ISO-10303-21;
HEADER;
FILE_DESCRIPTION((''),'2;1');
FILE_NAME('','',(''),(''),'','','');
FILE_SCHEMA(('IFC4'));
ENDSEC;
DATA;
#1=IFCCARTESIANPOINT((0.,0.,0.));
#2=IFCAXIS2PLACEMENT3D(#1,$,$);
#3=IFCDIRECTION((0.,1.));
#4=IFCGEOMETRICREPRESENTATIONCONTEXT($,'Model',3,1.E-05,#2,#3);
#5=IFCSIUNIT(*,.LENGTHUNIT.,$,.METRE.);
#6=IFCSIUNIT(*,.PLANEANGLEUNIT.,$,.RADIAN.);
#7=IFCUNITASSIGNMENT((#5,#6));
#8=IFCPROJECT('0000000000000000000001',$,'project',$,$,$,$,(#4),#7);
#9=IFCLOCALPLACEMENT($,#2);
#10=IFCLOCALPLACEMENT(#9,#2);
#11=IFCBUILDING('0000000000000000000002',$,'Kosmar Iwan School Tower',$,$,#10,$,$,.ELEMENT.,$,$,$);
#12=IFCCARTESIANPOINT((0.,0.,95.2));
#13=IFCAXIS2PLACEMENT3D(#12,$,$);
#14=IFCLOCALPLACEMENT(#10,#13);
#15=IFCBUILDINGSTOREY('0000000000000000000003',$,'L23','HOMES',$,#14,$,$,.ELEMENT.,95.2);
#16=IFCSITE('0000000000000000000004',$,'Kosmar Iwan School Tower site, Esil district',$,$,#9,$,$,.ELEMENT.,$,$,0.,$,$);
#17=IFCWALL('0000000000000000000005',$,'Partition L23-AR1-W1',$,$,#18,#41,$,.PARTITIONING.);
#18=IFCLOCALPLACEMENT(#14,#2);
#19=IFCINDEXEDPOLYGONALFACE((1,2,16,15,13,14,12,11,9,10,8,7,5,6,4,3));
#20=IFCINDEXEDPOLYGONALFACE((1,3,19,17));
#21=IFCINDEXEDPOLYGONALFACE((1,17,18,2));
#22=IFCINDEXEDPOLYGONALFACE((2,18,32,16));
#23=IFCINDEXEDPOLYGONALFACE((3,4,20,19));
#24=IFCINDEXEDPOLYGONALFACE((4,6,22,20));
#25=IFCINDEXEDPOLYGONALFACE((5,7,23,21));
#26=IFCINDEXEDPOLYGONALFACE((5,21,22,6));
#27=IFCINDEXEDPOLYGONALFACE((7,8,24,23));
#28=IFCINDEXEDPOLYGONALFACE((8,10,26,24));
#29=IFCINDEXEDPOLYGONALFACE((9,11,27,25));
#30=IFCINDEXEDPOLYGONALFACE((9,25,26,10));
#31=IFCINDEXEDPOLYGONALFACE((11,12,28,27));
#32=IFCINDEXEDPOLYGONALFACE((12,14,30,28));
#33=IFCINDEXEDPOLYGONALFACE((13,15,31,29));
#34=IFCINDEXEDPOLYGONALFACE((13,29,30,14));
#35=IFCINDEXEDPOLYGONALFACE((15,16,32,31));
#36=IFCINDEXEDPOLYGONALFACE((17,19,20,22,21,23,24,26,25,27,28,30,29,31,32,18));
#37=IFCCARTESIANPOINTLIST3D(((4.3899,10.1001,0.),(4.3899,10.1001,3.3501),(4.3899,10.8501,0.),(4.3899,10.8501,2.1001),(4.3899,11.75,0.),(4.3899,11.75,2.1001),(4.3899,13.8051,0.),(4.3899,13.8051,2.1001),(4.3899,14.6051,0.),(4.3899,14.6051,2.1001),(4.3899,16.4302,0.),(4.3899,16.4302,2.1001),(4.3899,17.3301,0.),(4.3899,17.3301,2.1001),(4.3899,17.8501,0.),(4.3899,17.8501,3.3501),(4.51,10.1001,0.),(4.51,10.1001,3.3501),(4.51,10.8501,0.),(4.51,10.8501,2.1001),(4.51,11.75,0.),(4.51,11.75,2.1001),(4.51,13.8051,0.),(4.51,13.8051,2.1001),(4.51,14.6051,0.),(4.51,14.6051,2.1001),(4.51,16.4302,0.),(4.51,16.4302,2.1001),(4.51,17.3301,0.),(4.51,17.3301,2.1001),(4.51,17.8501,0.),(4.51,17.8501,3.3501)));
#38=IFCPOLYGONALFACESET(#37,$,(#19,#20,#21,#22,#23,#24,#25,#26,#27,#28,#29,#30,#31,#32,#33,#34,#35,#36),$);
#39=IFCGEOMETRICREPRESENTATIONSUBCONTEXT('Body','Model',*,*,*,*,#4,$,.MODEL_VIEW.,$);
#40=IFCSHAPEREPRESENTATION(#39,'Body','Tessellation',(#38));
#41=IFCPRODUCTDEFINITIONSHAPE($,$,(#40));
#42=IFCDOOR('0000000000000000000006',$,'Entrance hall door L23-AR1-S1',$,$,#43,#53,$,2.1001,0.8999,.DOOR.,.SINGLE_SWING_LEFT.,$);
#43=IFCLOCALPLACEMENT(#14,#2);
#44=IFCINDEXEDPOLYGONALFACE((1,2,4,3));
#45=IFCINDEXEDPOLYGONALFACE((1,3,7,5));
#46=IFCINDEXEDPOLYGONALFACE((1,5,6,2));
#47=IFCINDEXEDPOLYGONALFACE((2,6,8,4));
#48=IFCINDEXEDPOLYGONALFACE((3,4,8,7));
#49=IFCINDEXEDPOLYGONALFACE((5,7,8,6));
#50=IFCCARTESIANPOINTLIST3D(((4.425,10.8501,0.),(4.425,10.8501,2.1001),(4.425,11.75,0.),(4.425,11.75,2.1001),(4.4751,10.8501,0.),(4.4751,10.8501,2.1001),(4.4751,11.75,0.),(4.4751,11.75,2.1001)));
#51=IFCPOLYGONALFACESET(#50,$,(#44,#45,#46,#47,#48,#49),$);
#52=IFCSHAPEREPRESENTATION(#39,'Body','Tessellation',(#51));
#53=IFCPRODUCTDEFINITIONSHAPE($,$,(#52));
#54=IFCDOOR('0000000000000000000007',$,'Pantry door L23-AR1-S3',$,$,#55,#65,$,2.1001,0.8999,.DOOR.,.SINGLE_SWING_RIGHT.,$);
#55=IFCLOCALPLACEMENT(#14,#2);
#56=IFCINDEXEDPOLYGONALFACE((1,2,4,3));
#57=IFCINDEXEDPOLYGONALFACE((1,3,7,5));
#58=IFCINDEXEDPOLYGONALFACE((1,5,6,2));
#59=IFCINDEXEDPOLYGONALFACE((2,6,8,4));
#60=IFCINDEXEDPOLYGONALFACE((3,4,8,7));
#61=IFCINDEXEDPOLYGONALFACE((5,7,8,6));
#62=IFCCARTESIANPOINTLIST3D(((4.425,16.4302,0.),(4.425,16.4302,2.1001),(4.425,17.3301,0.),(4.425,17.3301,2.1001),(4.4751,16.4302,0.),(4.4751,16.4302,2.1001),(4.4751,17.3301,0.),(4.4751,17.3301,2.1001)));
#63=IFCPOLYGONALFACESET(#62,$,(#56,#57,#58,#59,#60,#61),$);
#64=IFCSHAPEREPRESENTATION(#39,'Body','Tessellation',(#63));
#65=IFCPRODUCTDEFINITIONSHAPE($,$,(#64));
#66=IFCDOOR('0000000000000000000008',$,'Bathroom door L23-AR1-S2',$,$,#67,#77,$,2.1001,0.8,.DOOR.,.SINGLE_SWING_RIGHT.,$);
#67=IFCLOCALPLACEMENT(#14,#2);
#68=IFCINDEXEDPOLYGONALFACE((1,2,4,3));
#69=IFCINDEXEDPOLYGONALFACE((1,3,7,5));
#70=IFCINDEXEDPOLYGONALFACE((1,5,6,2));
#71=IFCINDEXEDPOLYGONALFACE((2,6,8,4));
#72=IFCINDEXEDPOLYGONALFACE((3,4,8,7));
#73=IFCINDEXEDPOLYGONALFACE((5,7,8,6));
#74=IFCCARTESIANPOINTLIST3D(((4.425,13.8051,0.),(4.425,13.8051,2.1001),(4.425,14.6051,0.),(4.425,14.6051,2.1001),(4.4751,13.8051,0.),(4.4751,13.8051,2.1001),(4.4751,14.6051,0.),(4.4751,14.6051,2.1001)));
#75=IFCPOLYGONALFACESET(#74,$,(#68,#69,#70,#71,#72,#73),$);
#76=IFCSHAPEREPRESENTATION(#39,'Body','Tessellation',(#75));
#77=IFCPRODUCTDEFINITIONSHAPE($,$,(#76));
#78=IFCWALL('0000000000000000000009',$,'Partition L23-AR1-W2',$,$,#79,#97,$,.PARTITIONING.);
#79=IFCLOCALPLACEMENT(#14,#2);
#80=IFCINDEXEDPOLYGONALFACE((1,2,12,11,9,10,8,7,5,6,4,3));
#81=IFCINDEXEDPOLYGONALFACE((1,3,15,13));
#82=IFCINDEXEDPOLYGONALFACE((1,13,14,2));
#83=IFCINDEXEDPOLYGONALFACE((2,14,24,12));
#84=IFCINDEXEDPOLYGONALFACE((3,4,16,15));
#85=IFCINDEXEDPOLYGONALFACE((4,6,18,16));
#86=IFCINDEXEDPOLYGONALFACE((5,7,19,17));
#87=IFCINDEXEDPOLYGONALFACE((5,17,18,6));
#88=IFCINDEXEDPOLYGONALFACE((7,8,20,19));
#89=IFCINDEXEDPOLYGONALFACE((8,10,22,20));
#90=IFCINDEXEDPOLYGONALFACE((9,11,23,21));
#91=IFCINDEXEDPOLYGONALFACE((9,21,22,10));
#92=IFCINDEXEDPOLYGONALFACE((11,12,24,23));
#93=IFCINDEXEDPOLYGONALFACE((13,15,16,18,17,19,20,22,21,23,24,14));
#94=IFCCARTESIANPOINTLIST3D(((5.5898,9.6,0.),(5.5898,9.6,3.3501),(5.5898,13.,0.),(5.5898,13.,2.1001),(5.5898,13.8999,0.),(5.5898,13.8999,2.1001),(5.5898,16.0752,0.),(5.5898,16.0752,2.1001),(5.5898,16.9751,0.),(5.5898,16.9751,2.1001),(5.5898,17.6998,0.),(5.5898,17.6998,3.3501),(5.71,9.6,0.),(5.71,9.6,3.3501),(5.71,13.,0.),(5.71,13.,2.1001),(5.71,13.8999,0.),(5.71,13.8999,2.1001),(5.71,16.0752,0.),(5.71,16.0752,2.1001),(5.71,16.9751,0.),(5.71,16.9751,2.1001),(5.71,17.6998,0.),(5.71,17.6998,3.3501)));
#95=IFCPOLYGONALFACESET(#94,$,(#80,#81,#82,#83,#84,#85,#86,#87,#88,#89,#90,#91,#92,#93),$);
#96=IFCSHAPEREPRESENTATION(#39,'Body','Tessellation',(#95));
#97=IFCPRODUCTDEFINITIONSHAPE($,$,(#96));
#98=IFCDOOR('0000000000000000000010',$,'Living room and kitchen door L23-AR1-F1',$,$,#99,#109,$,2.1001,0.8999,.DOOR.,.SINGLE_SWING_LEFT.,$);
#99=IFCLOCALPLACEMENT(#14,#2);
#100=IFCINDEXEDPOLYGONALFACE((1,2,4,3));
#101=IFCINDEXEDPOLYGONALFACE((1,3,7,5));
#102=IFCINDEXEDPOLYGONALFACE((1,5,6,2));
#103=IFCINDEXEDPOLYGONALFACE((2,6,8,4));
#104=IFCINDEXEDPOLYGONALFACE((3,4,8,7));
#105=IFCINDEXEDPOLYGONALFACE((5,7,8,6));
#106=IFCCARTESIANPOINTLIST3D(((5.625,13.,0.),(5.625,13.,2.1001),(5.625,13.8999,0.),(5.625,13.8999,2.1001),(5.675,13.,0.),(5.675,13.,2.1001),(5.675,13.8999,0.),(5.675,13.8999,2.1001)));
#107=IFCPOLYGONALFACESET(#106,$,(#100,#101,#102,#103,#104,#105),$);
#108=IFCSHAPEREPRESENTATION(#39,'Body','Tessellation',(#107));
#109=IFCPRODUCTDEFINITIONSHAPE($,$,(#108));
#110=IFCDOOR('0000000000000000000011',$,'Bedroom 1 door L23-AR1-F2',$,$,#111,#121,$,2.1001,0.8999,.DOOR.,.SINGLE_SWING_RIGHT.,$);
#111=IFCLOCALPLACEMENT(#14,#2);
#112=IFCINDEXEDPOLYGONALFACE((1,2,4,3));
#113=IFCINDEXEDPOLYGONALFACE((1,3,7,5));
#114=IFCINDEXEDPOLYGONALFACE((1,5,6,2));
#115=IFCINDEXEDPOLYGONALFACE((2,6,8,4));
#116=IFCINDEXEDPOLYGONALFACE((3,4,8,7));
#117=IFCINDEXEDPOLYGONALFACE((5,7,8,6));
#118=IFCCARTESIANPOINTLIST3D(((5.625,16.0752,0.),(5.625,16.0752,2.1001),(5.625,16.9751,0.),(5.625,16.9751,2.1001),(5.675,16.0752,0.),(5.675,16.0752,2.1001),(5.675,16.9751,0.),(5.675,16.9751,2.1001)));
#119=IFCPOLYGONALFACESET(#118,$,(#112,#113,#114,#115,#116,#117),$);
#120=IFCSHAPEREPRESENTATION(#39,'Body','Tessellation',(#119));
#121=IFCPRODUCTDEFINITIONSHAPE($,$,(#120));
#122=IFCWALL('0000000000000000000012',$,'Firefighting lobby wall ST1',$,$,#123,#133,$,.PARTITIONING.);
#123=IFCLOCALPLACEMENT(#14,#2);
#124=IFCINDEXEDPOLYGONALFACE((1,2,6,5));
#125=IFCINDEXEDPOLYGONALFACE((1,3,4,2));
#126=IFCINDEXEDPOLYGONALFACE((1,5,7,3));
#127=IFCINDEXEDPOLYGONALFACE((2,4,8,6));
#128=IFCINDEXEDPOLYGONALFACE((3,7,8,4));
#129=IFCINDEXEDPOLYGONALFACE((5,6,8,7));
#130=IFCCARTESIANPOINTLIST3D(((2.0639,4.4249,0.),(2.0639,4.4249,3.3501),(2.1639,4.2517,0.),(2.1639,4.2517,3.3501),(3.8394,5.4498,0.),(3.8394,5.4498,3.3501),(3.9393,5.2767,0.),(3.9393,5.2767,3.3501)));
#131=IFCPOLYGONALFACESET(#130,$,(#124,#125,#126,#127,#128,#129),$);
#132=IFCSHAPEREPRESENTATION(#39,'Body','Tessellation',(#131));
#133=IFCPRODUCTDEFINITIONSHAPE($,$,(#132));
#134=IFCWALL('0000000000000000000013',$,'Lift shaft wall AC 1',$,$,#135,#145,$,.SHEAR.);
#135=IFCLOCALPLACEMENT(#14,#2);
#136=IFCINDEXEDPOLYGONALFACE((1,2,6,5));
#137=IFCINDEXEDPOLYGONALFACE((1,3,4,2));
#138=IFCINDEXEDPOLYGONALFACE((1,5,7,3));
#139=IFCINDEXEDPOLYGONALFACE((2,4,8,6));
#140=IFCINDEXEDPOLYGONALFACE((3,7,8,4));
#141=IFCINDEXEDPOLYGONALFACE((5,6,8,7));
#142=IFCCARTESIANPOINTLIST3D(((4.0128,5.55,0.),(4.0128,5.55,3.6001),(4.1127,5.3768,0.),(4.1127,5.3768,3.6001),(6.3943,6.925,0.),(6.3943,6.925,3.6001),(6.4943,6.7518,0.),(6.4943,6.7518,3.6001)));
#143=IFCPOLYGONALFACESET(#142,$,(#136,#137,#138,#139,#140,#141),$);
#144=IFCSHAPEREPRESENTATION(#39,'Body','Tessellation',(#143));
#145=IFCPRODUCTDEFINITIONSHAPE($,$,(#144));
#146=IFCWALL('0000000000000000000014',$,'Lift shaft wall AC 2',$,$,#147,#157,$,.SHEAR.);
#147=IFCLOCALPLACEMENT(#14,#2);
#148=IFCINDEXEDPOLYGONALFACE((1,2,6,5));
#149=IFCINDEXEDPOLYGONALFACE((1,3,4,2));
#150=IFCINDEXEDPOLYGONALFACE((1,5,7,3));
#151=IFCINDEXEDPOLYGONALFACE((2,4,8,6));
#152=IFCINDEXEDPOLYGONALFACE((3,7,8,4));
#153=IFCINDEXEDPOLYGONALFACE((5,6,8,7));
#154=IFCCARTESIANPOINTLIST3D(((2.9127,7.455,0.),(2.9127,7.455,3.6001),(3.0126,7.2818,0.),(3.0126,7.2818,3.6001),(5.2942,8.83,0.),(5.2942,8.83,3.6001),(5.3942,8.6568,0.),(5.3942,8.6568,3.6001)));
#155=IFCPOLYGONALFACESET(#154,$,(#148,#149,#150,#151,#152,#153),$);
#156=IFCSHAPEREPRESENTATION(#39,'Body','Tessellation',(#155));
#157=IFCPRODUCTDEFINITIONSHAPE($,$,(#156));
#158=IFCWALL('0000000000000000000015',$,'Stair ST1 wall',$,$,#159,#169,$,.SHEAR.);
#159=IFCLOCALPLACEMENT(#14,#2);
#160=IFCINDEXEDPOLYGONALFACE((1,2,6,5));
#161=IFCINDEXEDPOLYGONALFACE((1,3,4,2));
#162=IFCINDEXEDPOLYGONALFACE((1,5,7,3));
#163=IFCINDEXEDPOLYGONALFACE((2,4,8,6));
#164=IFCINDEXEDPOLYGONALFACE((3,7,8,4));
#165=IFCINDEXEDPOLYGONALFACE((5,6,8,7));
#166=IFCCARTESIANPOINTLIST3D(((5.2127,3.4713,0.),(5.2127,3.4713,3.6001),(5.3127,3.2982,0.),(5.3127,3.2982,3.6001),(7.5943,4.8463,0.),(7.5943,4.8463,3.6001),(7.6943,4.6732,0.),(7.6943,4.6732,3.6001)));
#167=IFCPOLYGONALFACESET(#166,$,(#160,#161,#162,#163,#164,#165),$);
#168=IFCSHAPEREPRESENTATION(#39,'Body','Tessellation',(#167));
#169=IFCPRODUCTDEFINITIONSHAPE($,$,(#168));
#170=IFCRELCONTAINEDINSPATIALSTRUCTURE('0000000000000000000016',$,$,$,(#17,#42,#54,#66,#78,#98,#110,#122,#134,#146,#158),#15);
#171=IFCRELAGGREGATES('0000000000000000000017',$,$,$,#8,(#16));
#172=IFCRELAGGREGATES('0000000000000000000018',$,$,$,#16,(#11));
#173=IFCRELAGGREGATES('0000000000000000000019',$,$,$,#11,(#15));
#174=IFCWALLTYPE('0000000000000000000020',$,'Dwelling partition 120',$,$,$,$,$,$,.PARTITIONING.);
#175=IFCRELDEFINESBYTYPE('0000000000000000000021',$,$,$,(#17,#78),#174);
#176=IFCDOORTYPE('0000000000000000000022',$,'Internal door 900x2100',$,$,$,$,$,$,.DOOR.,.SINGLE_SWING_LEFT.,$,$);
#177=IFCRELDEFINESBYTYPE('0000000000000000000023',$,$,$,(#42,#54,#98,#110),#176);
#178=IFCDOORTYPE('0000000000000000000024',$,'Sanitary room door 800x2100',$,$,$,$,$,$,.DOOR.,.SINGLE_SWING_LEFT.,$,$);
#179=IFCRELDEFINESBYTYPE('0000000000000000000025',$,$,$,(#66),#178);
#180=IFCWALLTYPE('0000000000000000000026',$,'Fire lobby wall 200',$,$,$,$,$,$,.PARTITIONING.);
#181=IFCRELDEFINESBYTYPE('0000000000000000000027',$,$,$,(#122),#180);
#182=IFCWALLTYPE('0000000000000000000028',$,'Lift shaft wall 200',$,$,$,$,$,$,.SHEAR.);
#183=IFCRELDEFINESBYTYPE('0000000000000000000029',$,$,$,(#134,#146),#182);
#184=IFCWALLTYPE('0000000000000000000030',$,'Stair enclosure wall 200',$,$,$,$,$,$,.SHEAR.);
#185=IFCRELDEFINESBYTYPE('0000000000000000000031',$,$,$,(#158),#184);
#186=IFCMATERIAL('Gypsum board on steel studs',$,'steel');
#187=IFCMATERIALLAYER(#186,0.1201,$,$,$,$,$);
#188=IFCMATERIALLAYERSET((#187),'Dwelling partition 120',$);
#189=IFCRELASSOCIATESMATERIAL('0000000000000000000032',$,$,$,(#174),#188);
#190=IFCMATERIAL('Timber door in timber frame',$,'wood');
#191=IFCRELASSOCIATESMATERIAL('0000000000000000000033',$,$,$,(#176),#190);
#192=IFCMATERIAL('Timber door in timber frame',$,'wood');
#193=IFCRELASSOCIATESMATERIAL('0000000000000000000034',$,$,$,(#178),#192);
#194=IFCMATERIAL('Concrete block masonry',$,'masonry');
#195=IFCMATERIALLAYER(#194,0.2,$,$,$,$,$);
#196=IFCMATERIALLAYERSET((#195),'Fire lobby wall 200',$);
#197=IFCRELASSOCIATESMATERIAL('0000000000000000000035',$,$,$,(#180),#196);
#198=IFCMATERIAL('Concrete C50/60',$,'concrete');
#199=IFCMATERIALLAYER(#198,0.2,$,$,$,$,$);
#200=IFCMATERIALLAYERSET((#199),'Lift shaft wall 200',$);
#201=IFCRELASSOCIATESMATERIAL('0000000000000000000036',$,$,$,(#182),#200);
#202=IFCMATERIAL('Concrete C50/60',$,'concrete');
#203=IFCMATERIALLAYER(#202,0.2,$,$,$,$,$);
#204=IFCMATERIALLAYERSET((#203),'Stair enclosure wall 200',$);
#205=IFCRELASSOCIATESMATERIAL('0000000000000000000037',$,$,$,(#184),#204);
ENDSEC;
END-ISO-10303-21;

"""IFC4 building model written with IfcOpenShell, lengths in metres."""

from ifc_helpers import new_model, si_unit, direction, frame, frame_2d, origin, place, context, subcontext, project, spatial, rectangle, extrude, material, layer, layer_set, type_object, element, fill, save


model = new_model("IFC4")

# Units and contexts
model_context = context("Model", 3, precision=1e-05, world=origin(), true_north=direction((0.0, 1.0)))
body_context = subcontext(model_context, "Body", "Model", "MODEL_VIEW")
ifc_project = project(units=[si_unit("LENGTHUNIT", "METRE"), si_unit("PLANEANGLEUNIT", "RADIAN")], contexts=[model_context])

# Site, building, storey
site_placement = place(None, origin())
site = spatial("IfcSite", under=ifc_project, at=site_placement, Name="Kosmar Iwan School Tower site, Esil district", CompositionType="ELEMENT", RefElevation=0.0)
building_placement = place(site_placement, origin())
building = spatial("IfcBuilding", under=site, at=building_placement, Name="Kosmar Iwan School Tower", CompositionType="ELEMENT")
storey_placement = place(building_placement, frame((0.0, 0.0, 95.2)))
storey = spatial("IfcBuildingStorey", under=building, at=storey_placement, Name="L23", Description="HOMES", CompositionType="ELEMENT", Elevation=95.2)

# Walls, openings, doors
ifc_material_1 = material(Name="Gypsum board on steel studs", Category="steel")
ifc_layer_1 = layer(ifc_material_1, 0.1201)
ifc_layer_set_1 = layer_set([ifc_layer_1], Name="Dwelling partition 120")
wall_type_1 = type_object("IfcWallType", Name="Dwelling partition 120", PredefinedType="PARTITIONING", material=ifc_layer_set_1)
wall_1_placement = place(storey_placement, frame((4.45, 10.1001, 0.0), z_axis=(0.0, 0.0, 1.0), x_axis=(0.0, 1.0, 0.0)))
wall_1 = element("IfcWall", 1, at=wall_1_placement, inside=storey, type_object=wall_type_1, Name="Partition L23-AR1-W1", PredefinedType="PARTITIONING", context=body_context, shape_type="SweptSolid", body=[
    extrude(rectangle(XDim=7.75, YDim=0.1201, at=frame_2d((3.875, 0.0))), origin(), (0.0, 0.0, 1.0), 3.3501),
])
opening_1_placement = place(wall_1_placement, frame((0.75, 0.0, 0.0)))
opening_1 = element("IfcOpeningElement", 2, at=opening_1_placement, cuts=wall_1, PredefinedType="OPENING", context=body_context, shape_type="SweptSolid", body=[
    extrude(rectangle(XDim=0.8999, YDim=2.1001, at=frame_2d((0.45, 1.05))), frame((0.0, 0.072, 0.0), z_axis=(0.0, -1.0, 0.0), x_axis=(1.0, 0.0, 0.0)), (0.0, 0.0, 1.0), 0.144),
])
opening_2_placement = place(wall_1_placement, frame((3.7051, 0.0, 0.0)))
opening_2 = element("IfcOpeningElement", 3, at=opening_2_placement, cuts=wall_1, PredefinedType="OPENING", context=body_context, shape_type="SweptSolid", body=[
    extrude(rectangle(XDim=0.8, YDim=2.1001, at=frame_2d((0.3999, 1.05))), frame((0.0, 0.072, 0.0), z_axis=(0.0, -1.0, 0.0), x_axis=(1.0, 0.0, 0.0)), (0.0, 0.0, 1.0), 0.144),
])
opening_3_placement = place(wall_1_placement, frame((6.3301, 0.0, 0.0)))
opening_3 = element("IfcOpeningElement", 4, at=opening_3_placement, cuts=wall_1, PredefinedType="OPENING", context=body_context, shape_type="SweptSolid", body=[
    extrude(rectangle(XDim=0.8999, YDim=2.1001, at=frame_2d((0.45, 1.05))), frame((0.0, 0.072, 0.0), z_axis=(0.0, -1.0, 0.0), x_axis=(1.0, 0.0, 0.0)), (0.0, 0.0, 1.0), 0.144),
])
ifc_material_2 = material(Name="Timber door in timber frame", Category="wood")
door_type_1 = type_object("IfcDoorType", Name="Internal door 900x2100", OperationType="SINGLE_SWING_LEFT", PredefinedType="DOOR", material=ifc_material_2)
door_1_placement = place(opening_1_placement, origin())
door_1 = element("IfcDoor", 5, at=door_1_placement, inside=storey, type_object=door_type_1, Name="Entrance hall door L23-AR1-S1", OperationType="SINGLE_SWING_LEFT", OverallHeight=2.1001, OverallWidth=0.8999, PredefinedType="DOOR", context=body_context, shape_type="SweptSolid", body=[
    extrude(rectangle(XDim=0.8999, YDim=2.1001, at=frame_2d((0.45, 1.05))), frame((0.0, 0.0249, 0.0), z_axis=(0.0, -1.0, 0.0), x_axis=(1.0, 0.0, 0.0)), (0.0, 0.0, 1.0), 0.05),
])
fill(opening_1, door_1)
door_2_placement = place(opening_3_placement, origin())
door_2 = element("IfcDoor", 6, at=door_2_placement, inside=storey, type_object=door_type_1, Name="Pantry door L23-AR1-S3", OperationType="SINGLE_SWING_RIGHT", OverallHeight=2.1001, OverallWidth=0.8999, PredefinedType="DOOR", context=body_context, shape_type="SweptSolid", body=[
    extrude(rectangle(XDim=0.8999, YDim=2.1001, at=frame_2d((0.45, 1.05))), frame((0.0, 0.0249, 0.0), z_axis=(0.0, -1.0, 0.0), x_axis=(1.0, 0.0, 0.0)), (0.0, 0.0, 1.0), 0.05),
])
fill(opening_3, door_2)
ifc_material_3 = material(Name="Timber door in timber frame", Category="wood")
door_type_2 = type_object("IfcDoorType", Name="Sanitary room door 800x2100", OperationType="SINGLE_SWING_LEFT", PredefinedType="DOOR", material=ifc_material_3)
door_3_placement = place(opening_2_placement, origin())
door_3 = element("IfcDoor", 7, at=door_3_placement, inside=storey, type_object=door_type_2, Name="Bathroom door L23-AR1-S2", OperationType="SINGLE_SWING_RIGHT", OverallHeight=2.1001, OverallWidth=0.8, PredefinedType="DOOR", context=body_context, shape_type="SweptSolid", body=[
    extrude(rectangle(XDim=0.8, YDim=2.1001, at=frame_2d((0.3999, 1.05))), frame((0.0, 0.0249, 0.0), z_axis=(0.0, -1.0, 0.0), x_axis=(1.0, 0.0, 0.0)), (0.0, 0.0, 1.0), 0.05),
])
fill(opening_2, door_3)
wall_2_placement = place(storey_placement, frame((5.6499, 9.6001, 0.0), z_axis=(0.0, 0.0, 1.0), x_axis=(0.0, 1.0, 0.0)))
wall_2 = element("IfcWall", 8, at=wall_2_placement, inside=storey, type_object=wall_type_1, Name="Partition L23-AR1-W2", PredefinedType="PARTITIONING", context=body_context, shape_type="SweptSolid", body=[
    extrude(rectangle(XDim=8.0999, YDim=0.1201, at=frame_2d((4.0498, 0.0))), origin(), (0.0, 0.0, 1.0), 3.3501),
])
opening_4_placement = place(wall_2_placement, frame((3.3999, 0.0, 0.0)))
opening_4 = element("IfcOpeningElement", 9, at=opening_4_placement, cuts=wall_2, PredefinedType="OPENING", context=body_context, shape_type="SweptSolid", body=[
    extrude(rectangle(XDim=0.8999, YDim=2.1001, at=frame_2d((0.45, 1.05))), frame((0.0, 0.072, 0.0), z_axis=(0.0, -1.0, 0.0), x_axis=(1.0, 0.0, 0.0)), (0.0, 0.0, 1.0), 0.144),
])
opening_5_placement = place(wall_2_placement, frame((6.4751, 0.0, 0.0)))
opening_5 = element("IfcOpeningElement", 10, at=opening_5_placement, cuts=wall_2, PredefinedType="OPENING", context=body_context, shape_type="SweptSolid", body=[
    extrude(rectangle(XDim=0.8999, YDim=2.1001, at=frame_2d((0.45, 1.05))), frame((0.0, 0.072, 0.0), z_axis=(0.0, -1.0, 0.0), x_axis=(1.0, 0.0, 0.0)), (0.0, 0.0, 1.0), 0.144),
])
door_4_placement = place(opening_4_placement, origin())
door_4 = element("IfcDoor", 11, at=door_4_placement, inside=storey, type_object=door_type_1, Name="Living room and kitchen door L23-AR1-F1", OperationType="SINGLE_SWING_LEFT", OverallHeight=2.1001, OverallWidth=0.8999, PredefinedType="DOOR", context=body_context, shape_type="SweptSolid", body=[
    extrude(rectangle(XDim=0.8999, YDim=2.1001, at=frame_2d((0.45, 1.05))), frame((0.0, 0.0249, 0.0), z_axis=(0.0, -1.0, 0.0), x_axis=(1.0, 0.0, 0.0)), (0.0, 0.0, 1.0), 0.05),
])
fill(opening_4, door_4)
door_5_placement = place(opening_5_placement, origin())
door_5 = element("IfcDoor", 12, at=door_5_placement, inside=storey, type_object=door_type_1, Name="Bedroom 1 door L23-AR1-F2", OperationType="SINGLE_SWING_RIGHT", OverallHeight=2.1001, OverallWidth=0.8999, PredefinedType="DOOR", context=body_context, shape_type="SweptSolid", body=[
    extrude(rectangle(XDim=0.8999, YDim=2.1001, at=frame_2d((0.45, 1.05))), frame((0.0, 0.0249, 0.0), z_axis=(0.0, -1.0, 0.0), x_axis=(1.0, 0.0, 0.0)), (0.0, 0.0, 1.0), 0.05),
])
fill(opening_5, door_5)

# Walls
ifc_material_4 = material(Name="Concrete block masonry", Category="masonry")
ifc_layer_2 = layer(ifc_material_4, 0.2)
ifc_layer_set_2 = layer_set([ifc_layer_2], Name="Fire lobby wall 200")
wall_type_2 = type_object("IfcWallType", Name="Fire lobby wall 200", PredefinedType="PARTITIONING", material=ifc_layer_set_2)
wall_3_placement = place(storey_placement, frame((2.114, 4.3384, 0.0), z_axis=(0.0, 0.0, 1.0), x_axis=(0.866051, 0.499956, 0.0)))
element("IfcWall", 13, at=wall_3_placement, inside=storey, type_object=wall_type_2, Name="Firefighting lobby wall ST1", PredefinedType="PARTITIONING", context=body_context, shape_type="SweptSolid", body=[
    extrude(rectangle(XDim=2.05, YDim=0.2, at=frame_2d((1.0249, 0.0))), origin(), (0.0, 0.0, 1.0), 3.3501),
])
ifc_material_5 = material(Name="Concrete C50/60", Category="concrete")
ifc_layer_3 = layer(ifc_material_5, 0.2)
ifc_layer_set_3 = layer_set([ifc_layer_3], Name="Lift shaft wall 200")
wall_type_3 = type_object("IfcWallType", Name="Lift shaft wall 200", PredefinedType="SHEAR", material=ifc_layer_set_3)
for number, where, z_axis, x_axis, name in (
    (14, (4.0627, 5.4634, 0.0), (0.0, 0.0, 1.0), (0.866027, 0.499997, 0.0), "Lift shaft wall AC 1"),
    (15, (2.9626, 7.3684, 0.0), (0.0, 0.0, 1.0), (0.866027, 0.499997, 0.0), "Lift shaft wall AC 2"),
):
    element("IfcWall", number, at=place(storey_placement, frame(where, z_axis=z_axis, x_axis=x_axis)), inside=storey, type_object=wall_type_3, Name=name, PredefinedType="SHEAR", context=body_context, shape_type="SweptSolid", body=[
        extrude(rectangle(XDim=2.75, YDim=0.2, at=frame_2d((1.375, 0.0))), origin(), (0.0, 0.0, 1.0), 3.6001),
    ])
ifc_material_6 = material(Name="Concrete C50/60", Category="concrete")
ifc_layer_4 = layer(ifc_material_6, 0.2)
ifc_layer_set_4 = layer_set([ifc_layer_4], Name="Stair enclosure wall 200")
wall_type_4 = type_object("IfcWallType", Name="Stair enclosure wall 200", PredefinedType="SHEAR", material=ifc_layer_set_4)
wall_4_placement = place(storey_placement, frame((5.2627, 3.3848, 0.0), z_axis=(0.0, 0.0, 1.0), x_axis=(0.866027, 0.499997, 0.0)))
element("IfcWall", 16, at=wall_4_placement, inside=storey, type_object=wall_type_4, Name="Stair ST1 wall", PredefinedType="SHEAR", context=body_context, shape_type="SweptSolid", body=[
    extrude(rectangle(XDim=2.75, YDim=0.2, at=frame_2d((1.375, 0.0))), origin(), (0.0, 0.0, 1.0), 3.6001),
])

save(model, "model.ifc")
